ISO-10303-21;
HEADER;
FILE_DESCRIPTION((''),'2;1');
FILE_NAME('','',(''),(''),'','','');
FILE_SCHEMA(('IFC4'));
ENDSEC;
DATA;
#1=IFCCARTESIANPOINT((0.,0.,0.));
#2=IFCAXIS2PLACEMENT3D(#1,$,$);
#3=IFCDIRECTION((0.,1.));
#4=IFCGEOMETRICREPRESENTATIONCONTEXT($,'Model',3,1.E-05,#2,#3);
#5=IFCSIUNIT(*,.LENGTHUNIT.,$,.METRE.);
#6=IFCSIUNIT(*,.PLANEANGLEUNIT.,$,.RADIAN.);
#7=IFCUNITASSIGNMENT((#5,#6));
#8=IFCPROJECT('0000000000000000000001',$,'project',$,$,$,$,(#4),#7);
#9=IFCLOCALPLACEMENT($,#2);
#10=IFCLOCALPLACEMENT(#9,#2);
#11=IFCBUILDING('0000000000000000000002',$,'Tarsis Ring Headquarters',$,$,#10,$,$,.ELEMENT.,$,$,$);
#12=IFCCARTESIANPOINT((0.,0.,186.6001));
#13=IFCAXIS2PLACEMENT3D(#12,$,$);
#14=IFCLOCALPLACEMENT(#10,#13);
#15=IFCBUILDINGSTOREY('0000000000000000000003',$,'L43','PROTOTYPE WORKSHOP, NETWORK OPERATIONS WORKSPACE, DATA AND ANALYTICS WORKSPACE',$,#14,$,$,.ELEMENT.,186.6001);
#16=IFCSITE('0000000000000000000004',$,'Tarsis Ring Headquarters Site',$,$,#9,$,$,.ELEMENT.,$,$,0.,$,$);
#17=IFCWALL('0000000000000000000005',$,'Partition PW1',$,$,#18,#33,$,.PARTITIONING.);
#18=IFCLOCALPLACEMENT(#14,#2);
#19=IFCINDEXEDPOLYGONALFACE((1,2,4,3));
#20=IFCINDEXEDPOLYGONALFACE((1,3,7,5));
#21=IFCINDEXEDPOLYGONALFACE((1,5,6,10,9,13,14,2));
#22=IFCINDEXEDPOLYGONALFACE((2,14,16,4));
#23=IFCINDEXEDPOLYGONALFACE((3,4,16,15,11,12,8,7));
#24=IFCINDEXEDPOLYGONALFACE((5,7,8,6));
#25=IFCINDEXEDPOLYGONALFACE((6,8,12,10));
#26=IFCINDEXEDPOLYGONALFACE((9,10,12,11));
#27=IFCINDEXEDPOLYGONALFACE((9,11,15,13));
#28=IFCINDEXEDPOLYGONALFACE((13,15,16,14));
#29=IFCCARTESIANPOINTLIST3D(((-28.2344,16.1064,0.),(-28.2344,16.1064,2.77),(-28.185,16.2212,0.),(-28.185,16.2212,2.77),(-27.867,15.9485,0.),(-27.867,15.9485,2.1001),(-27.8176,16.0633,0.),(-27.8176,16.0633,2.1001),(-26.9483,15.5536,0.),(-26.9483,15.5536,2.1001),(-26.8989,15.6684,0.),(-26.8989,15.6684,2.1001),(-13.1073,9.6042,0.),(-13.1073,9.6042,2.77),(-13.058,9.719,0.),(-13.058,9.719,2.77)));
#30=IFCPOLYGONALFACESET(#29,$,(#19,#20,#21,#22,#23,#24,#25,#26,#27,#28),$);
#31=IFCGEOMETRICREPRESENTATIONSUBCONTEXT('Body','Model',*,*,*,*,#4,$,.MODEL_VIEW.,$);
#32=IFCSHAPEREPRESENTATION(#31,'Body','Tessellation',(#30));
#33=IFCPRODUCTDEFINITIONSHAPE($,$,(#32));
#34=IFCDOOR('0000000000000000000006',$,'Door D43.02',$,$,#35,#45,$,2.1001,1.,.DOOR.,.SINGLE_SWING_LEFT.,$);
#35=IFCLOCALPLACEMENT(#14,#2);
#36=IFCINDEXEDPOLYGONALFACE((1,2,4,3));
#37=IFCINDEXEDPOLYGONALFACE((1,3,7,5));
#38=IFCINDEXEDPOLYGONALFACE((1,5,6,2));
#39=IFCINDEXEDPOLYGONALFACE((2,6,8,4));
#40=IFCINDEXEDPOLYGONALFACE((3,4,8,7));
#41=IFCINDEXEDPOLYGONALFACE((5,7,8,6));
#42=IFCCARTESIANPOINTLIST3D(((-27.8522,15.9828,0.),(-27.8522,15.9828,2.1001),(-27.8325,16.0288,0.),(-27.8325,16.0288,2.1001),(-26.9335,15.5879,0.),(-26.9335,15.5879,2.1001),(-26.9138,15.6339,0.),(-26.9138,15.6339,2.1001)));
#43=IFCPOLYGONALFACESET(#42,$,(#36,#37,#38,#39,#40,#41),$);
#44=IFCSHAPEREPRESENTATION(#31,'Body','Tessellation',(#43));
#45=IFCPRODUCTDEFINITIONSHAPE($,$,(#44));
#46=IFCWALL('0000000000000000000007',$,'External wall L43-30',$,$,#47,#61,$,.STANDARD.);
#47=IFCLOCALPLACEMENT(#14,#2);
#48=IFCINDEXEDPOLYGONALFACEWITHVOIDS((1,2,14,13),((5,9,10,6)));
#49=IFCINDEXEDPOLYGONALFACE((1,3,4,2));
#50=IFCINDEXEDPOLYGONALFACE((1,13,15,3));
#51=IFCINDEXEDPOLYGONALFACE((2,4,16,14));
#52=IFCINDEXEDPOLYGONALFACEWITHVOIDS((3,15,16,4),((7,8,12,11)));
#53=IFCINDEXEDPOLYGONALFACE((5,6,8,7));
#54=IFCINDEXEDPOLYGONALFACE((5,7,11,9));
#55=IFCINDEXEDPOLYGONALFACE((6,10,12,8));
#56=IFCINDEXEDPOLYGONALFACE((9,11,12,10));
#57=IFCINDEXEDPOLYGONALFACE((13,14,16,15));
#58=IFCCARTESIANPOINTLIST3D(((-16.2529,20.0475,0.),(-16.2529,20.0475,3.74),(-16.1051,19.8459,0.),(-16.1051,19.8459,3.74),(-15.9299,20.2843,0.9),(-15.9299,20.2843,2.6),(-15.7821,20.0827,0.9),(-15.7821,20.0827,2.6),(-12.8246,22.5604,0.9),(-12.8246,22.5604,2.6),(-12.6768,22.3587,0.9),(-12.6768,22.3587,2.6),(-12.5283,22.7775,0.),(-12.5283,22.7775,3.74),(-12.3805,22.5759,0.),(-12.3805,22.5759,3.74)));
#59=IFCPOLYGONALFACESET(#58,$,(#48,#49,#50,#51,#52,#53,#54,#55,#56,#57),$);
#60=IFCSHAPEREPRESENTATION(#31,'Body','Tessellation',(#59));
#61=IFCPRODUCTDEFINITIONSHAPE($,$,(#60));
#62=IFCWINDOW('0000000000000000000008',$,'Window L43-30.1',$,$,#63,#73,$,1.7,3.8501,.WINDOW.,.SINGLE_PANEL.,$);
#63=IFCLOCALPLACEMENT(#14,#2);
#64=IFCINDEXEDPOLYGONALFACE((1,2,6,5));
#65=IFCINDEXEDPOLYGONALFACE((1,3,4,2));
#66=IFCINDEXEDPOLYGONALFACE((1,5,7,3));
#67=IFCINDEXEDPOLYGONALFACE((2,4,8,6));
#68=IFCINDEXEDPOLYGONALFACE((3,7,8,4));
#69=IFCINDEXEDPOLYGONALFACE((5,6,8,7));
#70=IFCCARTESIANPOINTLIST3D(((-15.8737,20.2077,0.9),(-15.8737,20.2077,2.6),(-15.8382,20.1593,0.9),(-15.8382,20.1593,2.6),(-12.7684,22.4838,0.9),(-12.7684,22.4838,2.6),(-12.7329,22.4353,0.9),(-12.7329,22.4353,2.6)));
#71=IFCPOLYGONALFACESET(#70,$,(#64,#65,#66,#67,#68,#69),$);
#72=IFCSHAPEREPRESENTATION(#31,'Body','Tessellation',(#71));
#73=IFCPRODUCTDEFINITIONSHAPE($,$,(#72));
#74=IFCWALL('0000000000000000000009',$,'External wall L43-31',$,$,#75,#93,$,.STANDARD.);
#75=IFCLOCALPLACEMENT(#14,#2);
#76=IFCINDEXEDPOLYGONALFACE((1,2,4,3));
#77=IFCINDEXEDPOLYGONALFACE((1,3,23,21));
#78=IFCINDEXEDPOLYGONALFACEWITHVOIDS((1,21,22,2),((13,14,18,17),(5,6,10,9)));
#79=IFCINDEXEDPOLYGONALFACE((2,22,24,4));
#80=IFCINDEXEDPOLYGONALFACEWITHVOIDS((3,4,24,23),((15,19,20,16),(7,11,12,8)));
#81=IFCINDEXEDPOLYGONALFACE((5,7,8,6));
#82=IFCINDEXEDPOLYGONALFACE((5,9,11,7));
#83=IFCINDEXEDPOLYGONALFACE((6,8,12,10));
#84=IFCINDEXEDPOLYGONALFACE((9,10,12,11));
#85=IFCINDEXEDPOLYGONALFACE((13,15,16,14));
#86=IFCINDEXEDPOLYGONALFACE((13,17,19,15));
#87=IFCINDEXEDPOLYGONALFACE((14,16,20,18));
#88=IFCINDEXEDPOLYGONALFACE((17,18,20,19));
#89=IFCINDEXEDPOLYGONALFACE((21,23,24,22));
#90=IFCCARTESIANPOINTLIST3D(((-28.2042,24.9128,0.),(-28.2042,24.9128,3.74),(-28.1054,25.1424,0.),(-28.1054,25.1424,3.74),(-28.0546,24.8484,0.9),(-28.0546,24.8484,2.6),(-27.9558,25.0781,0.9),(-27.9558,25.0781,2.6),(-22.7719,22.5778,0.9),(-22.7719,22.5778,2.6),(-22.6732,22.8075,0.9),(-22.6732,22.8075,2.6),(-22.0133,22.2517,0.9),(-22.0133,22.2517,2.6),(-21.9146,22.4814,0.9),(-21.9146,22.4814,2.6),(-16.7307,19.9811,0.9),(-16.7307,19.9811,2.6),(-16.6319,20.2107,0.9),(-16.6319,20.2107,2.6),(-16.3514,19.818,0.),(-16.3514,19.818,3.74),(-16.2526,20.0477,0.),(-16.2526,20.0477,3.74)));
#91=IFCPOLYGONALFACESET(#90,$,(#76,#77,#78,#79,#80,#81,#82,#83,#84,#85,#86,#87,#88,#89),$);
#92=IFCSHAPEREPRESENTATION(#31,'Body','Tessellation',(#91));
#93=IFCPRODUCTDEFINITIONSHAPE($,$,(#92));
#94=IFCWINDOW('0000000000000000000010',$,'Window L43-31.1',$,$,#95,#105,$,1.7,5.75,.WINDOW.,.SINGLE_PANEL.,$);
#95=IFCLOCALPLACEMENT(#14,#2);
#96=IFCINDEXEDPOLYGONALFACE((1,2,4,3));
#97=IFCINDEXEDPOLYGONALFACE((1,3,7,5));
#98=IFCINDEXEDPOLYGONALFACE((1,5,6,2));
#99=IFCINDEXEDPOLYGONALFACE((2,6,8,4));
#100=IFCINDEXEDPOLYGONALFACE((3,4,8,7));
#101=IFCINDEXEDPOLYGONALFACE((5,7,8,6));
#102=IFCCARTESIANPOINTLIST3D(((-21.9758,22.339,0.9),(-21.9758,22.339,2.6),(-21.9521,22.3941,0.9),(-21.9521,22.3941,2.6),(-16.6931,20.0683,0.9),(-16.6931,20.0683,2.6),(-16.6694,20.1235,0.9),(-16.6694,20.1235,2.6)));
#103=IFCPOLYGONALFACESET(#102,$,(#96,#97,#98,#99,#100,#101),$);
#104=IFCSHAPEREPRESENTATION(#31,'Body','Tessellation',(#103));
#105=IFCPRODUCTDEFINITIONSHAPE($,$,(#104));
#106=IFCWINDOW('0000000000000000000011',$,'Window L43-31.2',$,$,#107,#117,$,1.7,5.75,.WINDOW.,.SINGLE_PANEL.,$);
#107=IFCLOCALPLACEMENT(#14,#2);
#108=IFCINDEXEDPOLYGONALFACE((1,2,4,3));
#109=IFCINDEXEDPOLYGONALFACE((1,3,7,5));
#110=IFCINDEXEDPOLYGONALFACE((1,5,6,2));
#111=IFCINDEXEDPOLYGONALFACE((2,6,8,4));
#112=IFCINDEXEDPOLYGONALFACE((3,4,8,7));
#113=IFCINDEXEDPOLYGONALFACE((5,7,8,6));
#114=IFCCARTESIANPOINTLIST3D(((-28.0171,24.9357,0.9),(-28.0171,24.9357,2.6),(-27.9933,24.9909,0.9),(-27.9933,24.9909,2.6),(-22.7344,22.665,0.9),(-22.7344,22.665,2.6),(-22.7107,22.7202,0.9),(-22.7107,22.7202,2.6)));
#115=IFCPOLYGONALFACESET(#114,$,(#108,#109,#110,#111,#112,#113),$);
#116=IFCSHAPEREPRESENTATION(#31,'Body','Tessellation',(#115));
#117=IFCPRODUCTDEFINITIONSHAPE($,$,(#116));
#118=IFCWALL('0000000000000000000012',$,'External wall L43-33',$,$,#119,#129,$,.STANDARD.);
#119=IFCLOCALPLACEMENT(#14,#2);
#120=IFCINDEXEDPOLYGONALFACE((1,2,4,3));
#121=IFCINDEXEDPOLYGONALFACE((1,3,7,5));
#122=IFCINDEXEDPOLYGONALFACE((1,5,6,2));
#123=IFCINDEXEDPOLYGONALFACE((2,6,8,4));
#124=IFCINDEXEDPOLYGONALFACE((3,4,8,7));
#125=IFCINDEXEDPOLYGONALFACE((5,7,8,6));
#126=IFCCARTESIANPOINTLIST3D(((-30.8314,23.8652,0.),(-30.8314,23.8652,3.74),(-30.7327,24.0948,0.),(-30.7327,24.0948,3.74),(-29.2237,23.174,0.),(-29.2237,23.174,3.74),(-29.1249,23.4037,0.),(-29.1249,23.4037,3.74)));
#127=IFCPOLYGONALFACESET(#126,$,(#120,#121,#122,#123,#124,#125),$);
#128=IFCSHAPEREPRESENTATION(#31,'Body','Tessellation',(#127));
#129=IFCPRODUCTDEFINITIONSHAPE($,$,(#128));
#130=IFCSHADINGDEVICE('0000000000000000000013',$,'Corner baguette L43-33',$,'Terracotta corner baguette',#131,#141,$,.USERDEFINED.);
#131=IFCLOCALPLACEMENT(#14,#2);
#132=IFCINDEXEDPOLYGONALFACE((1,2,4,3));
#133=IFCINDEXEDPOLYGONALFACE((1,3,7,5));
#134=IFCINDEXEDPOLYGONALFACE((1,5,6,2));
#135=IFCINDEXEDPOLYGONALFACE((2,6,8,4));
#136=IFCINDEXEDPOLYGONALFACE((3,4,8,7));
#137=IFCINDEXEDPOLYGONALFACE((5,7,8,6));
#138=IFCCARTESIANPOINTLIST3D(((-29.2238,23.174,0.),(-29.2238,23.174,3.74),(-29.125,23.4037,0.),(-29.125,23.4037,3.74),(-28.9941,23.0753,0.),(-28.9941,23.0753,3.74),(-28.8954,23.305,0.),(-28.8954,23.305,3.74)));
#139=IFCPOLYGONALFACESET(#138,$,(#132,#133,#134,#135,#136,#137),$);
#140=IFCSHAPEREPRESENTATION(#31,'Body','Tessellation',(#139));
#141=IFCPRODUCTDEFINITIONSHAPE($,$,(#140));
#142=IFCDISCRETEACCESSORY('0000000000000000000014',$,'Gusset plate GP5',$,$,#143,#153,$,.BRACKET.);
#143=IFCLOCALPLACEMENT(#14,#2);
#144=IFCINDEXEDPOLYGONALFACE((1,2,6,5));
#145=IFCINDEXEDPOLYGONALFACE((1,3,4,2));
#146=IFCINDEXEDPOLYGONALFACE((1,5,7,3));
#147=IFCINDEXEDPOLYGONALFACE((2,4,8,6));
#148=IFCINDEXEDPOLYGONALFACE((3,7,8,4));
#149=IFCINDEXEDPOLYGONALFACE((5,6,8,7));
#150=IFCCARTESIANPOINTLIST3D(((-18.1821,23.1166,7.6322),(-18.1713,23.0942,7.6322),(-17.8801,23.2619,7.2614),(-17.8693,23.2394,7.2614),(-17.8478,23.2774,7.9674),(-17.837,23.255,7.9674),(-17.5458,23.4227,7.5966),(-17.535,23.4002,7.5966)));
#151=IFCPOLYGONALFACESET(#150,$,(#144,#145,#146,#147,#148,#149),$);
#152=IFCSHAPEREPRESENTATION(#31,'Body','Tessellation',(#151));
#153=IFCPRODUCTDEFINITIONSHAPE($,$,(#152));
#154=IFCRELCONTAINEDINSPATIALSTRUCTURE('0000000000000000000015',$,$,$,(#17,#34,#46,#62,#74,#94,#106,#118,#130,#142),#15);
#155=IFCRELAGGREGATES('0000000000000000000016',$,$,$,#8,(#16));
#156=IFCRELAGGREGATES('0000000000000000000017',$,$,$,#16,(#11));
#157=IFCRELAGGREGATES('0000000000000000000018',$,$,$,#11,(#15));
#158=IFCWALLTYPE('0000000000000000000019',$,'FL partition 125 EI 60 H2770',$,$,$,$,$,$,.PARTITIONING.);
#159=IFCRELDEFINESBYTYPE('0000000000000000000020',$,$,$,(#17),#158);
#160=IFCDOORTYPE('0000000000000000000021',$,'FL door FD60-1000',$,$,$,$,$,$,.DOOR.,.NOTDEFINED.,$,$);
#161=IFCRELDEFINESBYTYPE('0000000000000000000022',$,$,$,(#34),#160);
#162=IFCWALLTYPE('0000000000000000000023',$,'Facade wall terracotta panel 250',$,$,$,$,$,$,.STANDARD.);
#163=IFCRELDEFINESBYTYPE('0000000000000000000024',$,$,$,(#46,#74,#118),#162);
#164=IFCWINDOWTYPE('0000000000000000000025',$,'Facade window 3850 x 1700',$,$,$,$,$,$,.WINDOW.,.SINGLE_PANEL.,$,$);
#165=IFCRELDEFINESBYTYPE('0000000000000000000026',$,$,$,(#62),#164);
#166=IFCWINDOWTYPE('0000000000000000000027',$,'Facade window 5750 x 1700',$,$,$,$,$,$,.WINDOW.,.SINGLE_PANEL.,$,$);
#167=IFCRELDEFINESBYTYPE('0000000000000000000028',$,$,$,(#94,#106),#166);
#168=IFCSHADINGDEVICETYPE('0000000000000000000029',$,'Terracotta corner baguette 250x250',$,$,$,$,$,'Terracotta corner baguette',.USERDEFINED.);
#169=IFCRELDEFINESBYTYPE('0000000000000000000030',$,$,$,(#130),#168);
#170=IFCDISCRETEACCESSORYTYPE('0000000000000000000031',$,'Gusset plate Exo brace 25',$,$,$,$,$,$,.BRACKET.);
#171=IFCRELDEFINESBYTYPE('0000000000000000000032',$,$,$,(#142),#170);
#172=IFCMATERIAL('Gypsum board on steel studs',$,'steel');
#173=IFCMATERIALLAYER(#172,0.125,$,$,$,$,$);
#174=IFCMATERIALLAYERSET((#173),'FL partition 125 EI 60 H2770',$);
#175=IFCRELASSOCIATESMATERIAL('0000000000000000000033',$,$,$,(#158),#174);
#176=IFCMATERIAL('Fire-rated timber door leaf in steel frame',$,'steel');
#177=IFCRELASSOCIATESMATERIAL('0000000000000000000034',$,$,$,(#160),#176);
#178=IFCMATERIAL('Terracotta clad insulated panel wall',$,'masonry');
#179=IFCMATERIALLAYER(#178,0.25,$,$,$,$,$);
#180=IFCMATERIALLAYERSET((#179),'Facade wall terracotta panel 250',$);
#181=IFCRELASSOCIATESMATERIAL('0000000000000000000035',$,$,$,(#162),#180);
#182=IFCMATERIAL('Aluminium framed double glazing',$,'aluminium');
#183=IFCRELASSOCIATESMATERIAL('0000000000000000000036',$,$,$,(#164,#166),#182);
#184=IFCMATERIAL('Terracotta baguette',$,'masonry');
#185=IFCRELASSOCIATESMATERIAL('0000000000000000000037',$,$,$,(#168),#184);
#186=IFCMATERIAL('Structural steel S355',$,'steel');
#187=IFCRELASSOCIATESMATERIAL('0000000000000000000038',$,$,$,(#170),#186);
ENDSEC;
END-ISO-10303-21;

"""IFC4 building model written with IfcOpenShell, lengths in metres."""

from ifc_helpers import new_model, si_unit, direction, frame, frame_2d, origin, origin_2d, place, context, subcontext, project, spatial, rectangle, extrude, material, layer, layer_set, material_profile, profile_set, type_object, element, fill, save


model = new_model("IFC4")

# Units and contexts
model_context = context("Model", 3, precision=1e-05, world=origin(), true_north=direction((0.0, 1.0)))
body_context = subcontext(model_context, "Body", "Model", "MODEL_VIEW")
ifc_project = project(units=[si_unit("LENGTHUNIT", "METRE"), si_unit("PLANEANGLEUNIT", "RADIAN")], contexts=[model_context])

# Site, building, storey
site_placement = place(None, origin())
site = spatial("IfcSite", under=ifc_project, at=site_placement, Name="Tarsis Ring Headquarters Site", CompositionType="ELEMENT", RefElevation=0.0)
building_placement = place(site_placement, origin())
building = spatial("IfcBuilding", under=site, at=building_placement, Name="Tarsis Ring Headquarters", CompositionType="ELEMENT")
storey_placement = place(building_placement, frame((0.0, 0.0, 186.6001)))
storey = spatial("IfcBuildingStorey", under=building, at=storey_placement, Name="L43", Description="PROTOTYPE WORKSHOP, NETWORK OPERATIONS WORKSPACE, DATA AND ANALYTICS WORKSPACE", CompositionType="ELEMENT", Elevation=186.6001)

# Shared definitions
ifc_material_1 = material(Name="Structural steel S355", Category="steel")

# Shared definitions
ifc_material_2 = material(Name="Gypsum board on steel studs", Category="steel")

# Shared definitions
ifc_layer_1 = layer(ifc_material_2, 0.125)
ifc_layer_set_1 = layer_set([ifc_layer_1], Name="FL partition 125 EI 60 H2770")
wall_type_1 = type_object("IfcWallType", Name="FL partition 125 EI 60 H2770", PredefinedType="PARTITIONING", material=ifc_layer_set_1)
ifc_material_3 = material(Name="Fire-rated timber door leaf in steel frame", Category="steel")
door_type_1 = type_object("IfcDoorType", Name="FL door FD60-1000", OperationType="NOTDEFINED", PredefinedType="DOOR", material=ifc_material_3)

# Wall, opening, door
wall_1_placement = place(storey_placement, frame((-28.2097, 16.1638, 0.0), z_axis=(0.0, 0.0, 1.0), x_axis=(0.918722, -0.394905, 0.0)))
wall_1 = element("IfcWall", 1, at=wall_1_placement, inside=storey, type_object=wall_type_1, Name="Partition PW1", PredefinedType="PARTITIONING", context=body_context, shape_type="SweptSolid", body=[
    extrude(rectangle(XDim=16.4653, YDim=0.125, at=frame_2d((8.2327, 0.0))), origin(), (0.0, 0.0, 1.0), 2.77),
])
opening_1_placement = place(wall_1_placement, frame((0.3999, 0.0, 0.0)))
opening_1 = element("IfcOpeningElement", 2, at=opening_1_placement, cuts=wall_1, PredefinedType="OPENING", context=body_context, shape_type="SweptSolid", body=[
    extrude(rectangle(XDim=1.0, YDim=2.1001, at=frame_2d((0.5, 1.05))), frame((0.0, 0.0725, 0.0), z_axis=(0.0, -1.0, 0.0), x_axis=(1.0, 0.0, 0.0)), (0.0, 0.0, 1.0), 0.145),
])
door_1_placement = place(opening_1_placement, origin())
door_1 = element("IfcDoor", 3, at=door_1_placement, inside=storey, type_object=door_type_1, Name="Door D43.02", OperationType="SINGLE_SWING_LEFT", OverallHeight=2.1001, OverallWidth=1.0, PredefinedType="DOOR", context=body_context, shape_type="SweptSolid", body=[
    extrude(rectangle(XDim=1.0, YDim=2.1001, at=frame_2d((0.5, 1.05))), frame((0.0, 0.0249, 0.0), z_axis=(0.0, -1.0, 0.0), x_axis=(1.0, 0.0, 0.0)), (0.0, 0.0, 1.0), 0.05),
])
fill(opening_1, door_1)

# Wall, opening, window
ifc_material_4 = material(Name="Terracotta clad insulated panel wall", Category="masonry")
ifc_layer_2 = layer(ifc_material_4, 0.25)
ifc_layer_set_2 = layer_set([ifc_layer_2], Name="Facade wall terracotta panel 250")
wall_type_2 = type_object("IfcWallType", Name="Facade wall terracotta panel 250", PredefinedType="STANDARD", material=ifc_layer_set_2)
wall_2_placement = place(storey_placement, frame((-12.4543, 22.6768, 0.0), z_axis=(0.0, 0.0, 1.0), x_axis=(-0.80655, -0.591167, 0.0)))
wall_2 = element("IfcWall", 4, at=wall_2_placement, inside=storey, type_object=wall_type_2, Name="External wall L43-30", PredefinedType="STANDARD", context=body_context, shape_type="SweptSolid", body=[
    extrude(rectangle(XDim=4.6179, YDim=0.25, at=frame_2d((2.3091, 0.0))), origin(), (0.0, 0.0, 1.0), 3.74),
])
opening_2_placement = place(wall_2_placement, frame((0.3674, 0.0, 0.8999)))
opening_2 = element("IfcOpeningElement", 5, at=opening_2_placement, cuts=wall_2, PredefinedType="OPENING", context=body_context, shape_type="SweptSolid", body=[
    extrude(rectangle(XDim=3.8501, YDim=1.7, at=frame_2d((1.925, 0.8501))), frame((0.0, 0.135, 0.0), z_axis=(0.0, -1.0, 0.0), x_axis=(1.0, 0.0, 0.0)), (0.0, 0.0, 1.0), 0.27),
])
ifc_material_5 = material(Name="Aluminium framed double glazing", Category="aluminium")
window_type_1 = type_object("IfcWindowType", Name="Facade window 3850 x 1700", PartitioningType="SINGLE_PANEL", PredefinedType="WINDOW", material=ifc_material_5)
window_1_placement = place(opening_2_placement, origin())
window_1 = element("IfcWindow", 6, at=window_1_placement, inside=storey, type_object=window_type_1, Name="Window L43-30.1", OverallHeight=1.7, OverallWidth=3.8501, PartitioningType="SINGLE_PANEL", PredefinedType="WINDOW", context=body_context, shape_type="SweptSolid", body=[
    extrude(rectangle(XDim=3.8501, YDim=1.7, at=frame_2d((1.925, 0.8501))), frame((0.0, 0.03, 0.0), z_axis=(0.0, -1.0, 0.0), x_axis=(1.0, 0.0, 0.0)), (0.0, 0.0, 1.0), 0.0601),
])
fill(opening_2, window_1)

# Wall, openings, windows
wall_3_placement = place(storey_placement, frame((-16.302, 19.9329, 0.0), z_axis=(0.0, 0.0, 1.0), x_axis=(-0.918725, 0.394899, 0.0)))
wall_3 = element("IfcWall", 7, at=wall_3_placement, inside=storey, type_object=wall_type_2, Name="External wall L43-31", PredefinedType="STANDARD", context=body_context, shape_type="SweptSolid", body=[
    extrude(rectangle(XDim=12.9014, YDim=0.25, at=frame_2d((6.4507, 0.0))), origin(), (0.0, 0.0, 1.0), 3.74),
])
opening_3_placement = place(wall_3_placement, frame((0.4128, 0.0, 0.8999)))
opening_3 = element("IfcOpeningElement", 8, at=opening_3_placement, cuts=wall_3, PredefinedType="OPENING", context=body_context, shape_type="SweptSolid", body=[
    extrude(rectangle(XDim=5.75, YDim=1.7, at=frame_2d((2.875, 0.8501))), frame((0.0, 0.135, 0.0), z_axis=(0.0, -1.0, 0.0), x_axis=(1.0, 0.0, 0.0)), (0.0, 0.0, 1.0), 0.27),
])
opening_4_placement = place(wall_3_placement, frame((6.9885, 0.0, 0.8999)))
opening_4 = element("IfcOpeningElement", 9, at=opening_4_placement, cuts=wall_3, PredefinedType="OPENING", context=body_context, shape_type="SweptSolid", body=[
    extrude(rectangle(XDim=5.75, YDim=1.7, at=frame_2d((2.875, 0.8501))), frame((0.0, 0.135, 0.0), z_axis=(0.0, -1.0, 0.0), x_axis=(1.0, 0.0, 0.0)), (0.0, 0.0, 1.0), 0.27),
])
window_type_2 = type_object("IfcWindowType", Name="Facade window 5750 x 1700", PartitioningType="SINGLE_PANEL", PredefinedType="WINDOW", material=ifc_material_5)
window_2_placement = place(opening_3_placement, origin())
window_2 = element("IfcWindow", 10, at=window_2_placement, inside=storey, type_object=window_type_2, Name="Window L43-31.1", OverallHeight=1.7, OverallWidth=5.75, PartitioningType="SINGLE_PANEL", PredefinedType="WINDOW", context=body_context, shape_type="SweptSolid", body=[
    extrude(rectangle(XDim=5.75, YDim=1.7, at=frame_2d((2.875, 0.8501))), frame((0.0, 0.03, 0.0), z_axis=(0.0, -1.0, 0.0), x_axis=(1.0, 0.0, 0.0)), (0.0, 0.0, 1.0), 0.0601),
])
fill(opening_3, window_2)
window_3_placement = place(opening_4_placement, origin())
window_3 = element("IfcWindow", 11, at=window_3_placement, inside=storey, type_object=window_type_2, Name="Window L43-31.2", OverallHeight=1.7, OverallWidth=5.75, PartitioningType="SINGLE_PANEL", PredefinedType="WINDOW", context=body_context, shape_type="SweptSolid", body=[
    extrude(rectangle(XDim=5.75, YDim=1.7, at=frame_2d((2.875, 0.8501))), frame((0.0, 0.03, 0.0), z_axis=(0.0, -1.0, 0.0), x_axis=(1.0, 0.0, 0.0)), (0.0, 0.0, 1.0), 0.0601),
])
fill(opening_4, window_3)

# Wall
wall_4_placement = place(storey_placement, frame((-29.1743, 23.2888, 0.0), z_axis=(0.0, 0.0, 1.0), x_axis=(-0.918697, 0.394963, 0.0)))
element("IfcWall", 12, at=wall_4_placement, inside=storey, type_object=wall_type_2, Name="External wall L43-33", PredefinedType="STANDARD", context=body_context, shape_type="SweptSolid", body=[
    extrude(rectangle(XDim=1.75, YDim=0.25, at=frame_2d((0.875, 0.0))), origin(), (0.0, 0.0, 1.0), 3.74),
])

# Shading device
ifc_material_6 = material(Name="Terracotta baguette", Category="masonry")
shading_device_type = type_object("IfcShadingDeviceType", Name="Terracotta corner baguette 250x250", ElementType="Terracotta corner baguette", PredefinedType="USERDEFINED", material=ifc_material_6)
shading_device_placement = place(storey_placement, frame((-29.0596, 23.2395, 0.0), z_axis=(0.0, 0.0, 1.0), x_axis=(-0.394904, -0.918722, 0.0)))
element("IfcShadingDevice", 13, at=shading_device_placement, inside=storey, type_object=shading_device_type, Name="Corner baguette L43-33", ObjectType="Terracotta corner baguette", PredefinedType="USERDEFINED", context=body_context, shape_type="SweptSolid", body=[
    extrude(rectangle(XDim=0.25, YDim=0.25, at=origin_2d()), origin(), (0.0, 0.0, 1.0), 3.74),
])

# Discrete accessory
ifc_material_profile_1 = material_profile(ifc_material_1, rectangle(XDim=0.0249, YDim=0.5, at=origin_2d()), Name="PL 25x500")
ifc_profile_set_1 = profile_set([ifc_material_profile_1], Name="Structural steel S355")
discrete_accessory_type = type_object("IfcDiscreteAccessoryType", Name="Gusset plate Exo brace 25", PredefinedType="BRACKET", material=ifc_profile_set_1)
discrete_accessory_placement = place(storey_placement, frame((-18.0095, 23.1858, 7.7998), z_axis=(0.604202, 0.290623, -0.741942), x_axis=(-0.433465, 0.90117, 0.0)))
element("IfcDiscreteAccessory", 14, at=discrete_accessory_placement, inside=storey, type_object=discrete_accessory_type, Name="Gusset plate GP5", PredefinedType="BRACKET", context=body_context, shape_type="SweptSolid", body=[
    extrude(rectangle(XDim=0.0249, YDim=0.5, at=origin_2d()), origin(), (0.0, 0.0, 1.0), 0.4998),
])

save(model, "model.ifc")
